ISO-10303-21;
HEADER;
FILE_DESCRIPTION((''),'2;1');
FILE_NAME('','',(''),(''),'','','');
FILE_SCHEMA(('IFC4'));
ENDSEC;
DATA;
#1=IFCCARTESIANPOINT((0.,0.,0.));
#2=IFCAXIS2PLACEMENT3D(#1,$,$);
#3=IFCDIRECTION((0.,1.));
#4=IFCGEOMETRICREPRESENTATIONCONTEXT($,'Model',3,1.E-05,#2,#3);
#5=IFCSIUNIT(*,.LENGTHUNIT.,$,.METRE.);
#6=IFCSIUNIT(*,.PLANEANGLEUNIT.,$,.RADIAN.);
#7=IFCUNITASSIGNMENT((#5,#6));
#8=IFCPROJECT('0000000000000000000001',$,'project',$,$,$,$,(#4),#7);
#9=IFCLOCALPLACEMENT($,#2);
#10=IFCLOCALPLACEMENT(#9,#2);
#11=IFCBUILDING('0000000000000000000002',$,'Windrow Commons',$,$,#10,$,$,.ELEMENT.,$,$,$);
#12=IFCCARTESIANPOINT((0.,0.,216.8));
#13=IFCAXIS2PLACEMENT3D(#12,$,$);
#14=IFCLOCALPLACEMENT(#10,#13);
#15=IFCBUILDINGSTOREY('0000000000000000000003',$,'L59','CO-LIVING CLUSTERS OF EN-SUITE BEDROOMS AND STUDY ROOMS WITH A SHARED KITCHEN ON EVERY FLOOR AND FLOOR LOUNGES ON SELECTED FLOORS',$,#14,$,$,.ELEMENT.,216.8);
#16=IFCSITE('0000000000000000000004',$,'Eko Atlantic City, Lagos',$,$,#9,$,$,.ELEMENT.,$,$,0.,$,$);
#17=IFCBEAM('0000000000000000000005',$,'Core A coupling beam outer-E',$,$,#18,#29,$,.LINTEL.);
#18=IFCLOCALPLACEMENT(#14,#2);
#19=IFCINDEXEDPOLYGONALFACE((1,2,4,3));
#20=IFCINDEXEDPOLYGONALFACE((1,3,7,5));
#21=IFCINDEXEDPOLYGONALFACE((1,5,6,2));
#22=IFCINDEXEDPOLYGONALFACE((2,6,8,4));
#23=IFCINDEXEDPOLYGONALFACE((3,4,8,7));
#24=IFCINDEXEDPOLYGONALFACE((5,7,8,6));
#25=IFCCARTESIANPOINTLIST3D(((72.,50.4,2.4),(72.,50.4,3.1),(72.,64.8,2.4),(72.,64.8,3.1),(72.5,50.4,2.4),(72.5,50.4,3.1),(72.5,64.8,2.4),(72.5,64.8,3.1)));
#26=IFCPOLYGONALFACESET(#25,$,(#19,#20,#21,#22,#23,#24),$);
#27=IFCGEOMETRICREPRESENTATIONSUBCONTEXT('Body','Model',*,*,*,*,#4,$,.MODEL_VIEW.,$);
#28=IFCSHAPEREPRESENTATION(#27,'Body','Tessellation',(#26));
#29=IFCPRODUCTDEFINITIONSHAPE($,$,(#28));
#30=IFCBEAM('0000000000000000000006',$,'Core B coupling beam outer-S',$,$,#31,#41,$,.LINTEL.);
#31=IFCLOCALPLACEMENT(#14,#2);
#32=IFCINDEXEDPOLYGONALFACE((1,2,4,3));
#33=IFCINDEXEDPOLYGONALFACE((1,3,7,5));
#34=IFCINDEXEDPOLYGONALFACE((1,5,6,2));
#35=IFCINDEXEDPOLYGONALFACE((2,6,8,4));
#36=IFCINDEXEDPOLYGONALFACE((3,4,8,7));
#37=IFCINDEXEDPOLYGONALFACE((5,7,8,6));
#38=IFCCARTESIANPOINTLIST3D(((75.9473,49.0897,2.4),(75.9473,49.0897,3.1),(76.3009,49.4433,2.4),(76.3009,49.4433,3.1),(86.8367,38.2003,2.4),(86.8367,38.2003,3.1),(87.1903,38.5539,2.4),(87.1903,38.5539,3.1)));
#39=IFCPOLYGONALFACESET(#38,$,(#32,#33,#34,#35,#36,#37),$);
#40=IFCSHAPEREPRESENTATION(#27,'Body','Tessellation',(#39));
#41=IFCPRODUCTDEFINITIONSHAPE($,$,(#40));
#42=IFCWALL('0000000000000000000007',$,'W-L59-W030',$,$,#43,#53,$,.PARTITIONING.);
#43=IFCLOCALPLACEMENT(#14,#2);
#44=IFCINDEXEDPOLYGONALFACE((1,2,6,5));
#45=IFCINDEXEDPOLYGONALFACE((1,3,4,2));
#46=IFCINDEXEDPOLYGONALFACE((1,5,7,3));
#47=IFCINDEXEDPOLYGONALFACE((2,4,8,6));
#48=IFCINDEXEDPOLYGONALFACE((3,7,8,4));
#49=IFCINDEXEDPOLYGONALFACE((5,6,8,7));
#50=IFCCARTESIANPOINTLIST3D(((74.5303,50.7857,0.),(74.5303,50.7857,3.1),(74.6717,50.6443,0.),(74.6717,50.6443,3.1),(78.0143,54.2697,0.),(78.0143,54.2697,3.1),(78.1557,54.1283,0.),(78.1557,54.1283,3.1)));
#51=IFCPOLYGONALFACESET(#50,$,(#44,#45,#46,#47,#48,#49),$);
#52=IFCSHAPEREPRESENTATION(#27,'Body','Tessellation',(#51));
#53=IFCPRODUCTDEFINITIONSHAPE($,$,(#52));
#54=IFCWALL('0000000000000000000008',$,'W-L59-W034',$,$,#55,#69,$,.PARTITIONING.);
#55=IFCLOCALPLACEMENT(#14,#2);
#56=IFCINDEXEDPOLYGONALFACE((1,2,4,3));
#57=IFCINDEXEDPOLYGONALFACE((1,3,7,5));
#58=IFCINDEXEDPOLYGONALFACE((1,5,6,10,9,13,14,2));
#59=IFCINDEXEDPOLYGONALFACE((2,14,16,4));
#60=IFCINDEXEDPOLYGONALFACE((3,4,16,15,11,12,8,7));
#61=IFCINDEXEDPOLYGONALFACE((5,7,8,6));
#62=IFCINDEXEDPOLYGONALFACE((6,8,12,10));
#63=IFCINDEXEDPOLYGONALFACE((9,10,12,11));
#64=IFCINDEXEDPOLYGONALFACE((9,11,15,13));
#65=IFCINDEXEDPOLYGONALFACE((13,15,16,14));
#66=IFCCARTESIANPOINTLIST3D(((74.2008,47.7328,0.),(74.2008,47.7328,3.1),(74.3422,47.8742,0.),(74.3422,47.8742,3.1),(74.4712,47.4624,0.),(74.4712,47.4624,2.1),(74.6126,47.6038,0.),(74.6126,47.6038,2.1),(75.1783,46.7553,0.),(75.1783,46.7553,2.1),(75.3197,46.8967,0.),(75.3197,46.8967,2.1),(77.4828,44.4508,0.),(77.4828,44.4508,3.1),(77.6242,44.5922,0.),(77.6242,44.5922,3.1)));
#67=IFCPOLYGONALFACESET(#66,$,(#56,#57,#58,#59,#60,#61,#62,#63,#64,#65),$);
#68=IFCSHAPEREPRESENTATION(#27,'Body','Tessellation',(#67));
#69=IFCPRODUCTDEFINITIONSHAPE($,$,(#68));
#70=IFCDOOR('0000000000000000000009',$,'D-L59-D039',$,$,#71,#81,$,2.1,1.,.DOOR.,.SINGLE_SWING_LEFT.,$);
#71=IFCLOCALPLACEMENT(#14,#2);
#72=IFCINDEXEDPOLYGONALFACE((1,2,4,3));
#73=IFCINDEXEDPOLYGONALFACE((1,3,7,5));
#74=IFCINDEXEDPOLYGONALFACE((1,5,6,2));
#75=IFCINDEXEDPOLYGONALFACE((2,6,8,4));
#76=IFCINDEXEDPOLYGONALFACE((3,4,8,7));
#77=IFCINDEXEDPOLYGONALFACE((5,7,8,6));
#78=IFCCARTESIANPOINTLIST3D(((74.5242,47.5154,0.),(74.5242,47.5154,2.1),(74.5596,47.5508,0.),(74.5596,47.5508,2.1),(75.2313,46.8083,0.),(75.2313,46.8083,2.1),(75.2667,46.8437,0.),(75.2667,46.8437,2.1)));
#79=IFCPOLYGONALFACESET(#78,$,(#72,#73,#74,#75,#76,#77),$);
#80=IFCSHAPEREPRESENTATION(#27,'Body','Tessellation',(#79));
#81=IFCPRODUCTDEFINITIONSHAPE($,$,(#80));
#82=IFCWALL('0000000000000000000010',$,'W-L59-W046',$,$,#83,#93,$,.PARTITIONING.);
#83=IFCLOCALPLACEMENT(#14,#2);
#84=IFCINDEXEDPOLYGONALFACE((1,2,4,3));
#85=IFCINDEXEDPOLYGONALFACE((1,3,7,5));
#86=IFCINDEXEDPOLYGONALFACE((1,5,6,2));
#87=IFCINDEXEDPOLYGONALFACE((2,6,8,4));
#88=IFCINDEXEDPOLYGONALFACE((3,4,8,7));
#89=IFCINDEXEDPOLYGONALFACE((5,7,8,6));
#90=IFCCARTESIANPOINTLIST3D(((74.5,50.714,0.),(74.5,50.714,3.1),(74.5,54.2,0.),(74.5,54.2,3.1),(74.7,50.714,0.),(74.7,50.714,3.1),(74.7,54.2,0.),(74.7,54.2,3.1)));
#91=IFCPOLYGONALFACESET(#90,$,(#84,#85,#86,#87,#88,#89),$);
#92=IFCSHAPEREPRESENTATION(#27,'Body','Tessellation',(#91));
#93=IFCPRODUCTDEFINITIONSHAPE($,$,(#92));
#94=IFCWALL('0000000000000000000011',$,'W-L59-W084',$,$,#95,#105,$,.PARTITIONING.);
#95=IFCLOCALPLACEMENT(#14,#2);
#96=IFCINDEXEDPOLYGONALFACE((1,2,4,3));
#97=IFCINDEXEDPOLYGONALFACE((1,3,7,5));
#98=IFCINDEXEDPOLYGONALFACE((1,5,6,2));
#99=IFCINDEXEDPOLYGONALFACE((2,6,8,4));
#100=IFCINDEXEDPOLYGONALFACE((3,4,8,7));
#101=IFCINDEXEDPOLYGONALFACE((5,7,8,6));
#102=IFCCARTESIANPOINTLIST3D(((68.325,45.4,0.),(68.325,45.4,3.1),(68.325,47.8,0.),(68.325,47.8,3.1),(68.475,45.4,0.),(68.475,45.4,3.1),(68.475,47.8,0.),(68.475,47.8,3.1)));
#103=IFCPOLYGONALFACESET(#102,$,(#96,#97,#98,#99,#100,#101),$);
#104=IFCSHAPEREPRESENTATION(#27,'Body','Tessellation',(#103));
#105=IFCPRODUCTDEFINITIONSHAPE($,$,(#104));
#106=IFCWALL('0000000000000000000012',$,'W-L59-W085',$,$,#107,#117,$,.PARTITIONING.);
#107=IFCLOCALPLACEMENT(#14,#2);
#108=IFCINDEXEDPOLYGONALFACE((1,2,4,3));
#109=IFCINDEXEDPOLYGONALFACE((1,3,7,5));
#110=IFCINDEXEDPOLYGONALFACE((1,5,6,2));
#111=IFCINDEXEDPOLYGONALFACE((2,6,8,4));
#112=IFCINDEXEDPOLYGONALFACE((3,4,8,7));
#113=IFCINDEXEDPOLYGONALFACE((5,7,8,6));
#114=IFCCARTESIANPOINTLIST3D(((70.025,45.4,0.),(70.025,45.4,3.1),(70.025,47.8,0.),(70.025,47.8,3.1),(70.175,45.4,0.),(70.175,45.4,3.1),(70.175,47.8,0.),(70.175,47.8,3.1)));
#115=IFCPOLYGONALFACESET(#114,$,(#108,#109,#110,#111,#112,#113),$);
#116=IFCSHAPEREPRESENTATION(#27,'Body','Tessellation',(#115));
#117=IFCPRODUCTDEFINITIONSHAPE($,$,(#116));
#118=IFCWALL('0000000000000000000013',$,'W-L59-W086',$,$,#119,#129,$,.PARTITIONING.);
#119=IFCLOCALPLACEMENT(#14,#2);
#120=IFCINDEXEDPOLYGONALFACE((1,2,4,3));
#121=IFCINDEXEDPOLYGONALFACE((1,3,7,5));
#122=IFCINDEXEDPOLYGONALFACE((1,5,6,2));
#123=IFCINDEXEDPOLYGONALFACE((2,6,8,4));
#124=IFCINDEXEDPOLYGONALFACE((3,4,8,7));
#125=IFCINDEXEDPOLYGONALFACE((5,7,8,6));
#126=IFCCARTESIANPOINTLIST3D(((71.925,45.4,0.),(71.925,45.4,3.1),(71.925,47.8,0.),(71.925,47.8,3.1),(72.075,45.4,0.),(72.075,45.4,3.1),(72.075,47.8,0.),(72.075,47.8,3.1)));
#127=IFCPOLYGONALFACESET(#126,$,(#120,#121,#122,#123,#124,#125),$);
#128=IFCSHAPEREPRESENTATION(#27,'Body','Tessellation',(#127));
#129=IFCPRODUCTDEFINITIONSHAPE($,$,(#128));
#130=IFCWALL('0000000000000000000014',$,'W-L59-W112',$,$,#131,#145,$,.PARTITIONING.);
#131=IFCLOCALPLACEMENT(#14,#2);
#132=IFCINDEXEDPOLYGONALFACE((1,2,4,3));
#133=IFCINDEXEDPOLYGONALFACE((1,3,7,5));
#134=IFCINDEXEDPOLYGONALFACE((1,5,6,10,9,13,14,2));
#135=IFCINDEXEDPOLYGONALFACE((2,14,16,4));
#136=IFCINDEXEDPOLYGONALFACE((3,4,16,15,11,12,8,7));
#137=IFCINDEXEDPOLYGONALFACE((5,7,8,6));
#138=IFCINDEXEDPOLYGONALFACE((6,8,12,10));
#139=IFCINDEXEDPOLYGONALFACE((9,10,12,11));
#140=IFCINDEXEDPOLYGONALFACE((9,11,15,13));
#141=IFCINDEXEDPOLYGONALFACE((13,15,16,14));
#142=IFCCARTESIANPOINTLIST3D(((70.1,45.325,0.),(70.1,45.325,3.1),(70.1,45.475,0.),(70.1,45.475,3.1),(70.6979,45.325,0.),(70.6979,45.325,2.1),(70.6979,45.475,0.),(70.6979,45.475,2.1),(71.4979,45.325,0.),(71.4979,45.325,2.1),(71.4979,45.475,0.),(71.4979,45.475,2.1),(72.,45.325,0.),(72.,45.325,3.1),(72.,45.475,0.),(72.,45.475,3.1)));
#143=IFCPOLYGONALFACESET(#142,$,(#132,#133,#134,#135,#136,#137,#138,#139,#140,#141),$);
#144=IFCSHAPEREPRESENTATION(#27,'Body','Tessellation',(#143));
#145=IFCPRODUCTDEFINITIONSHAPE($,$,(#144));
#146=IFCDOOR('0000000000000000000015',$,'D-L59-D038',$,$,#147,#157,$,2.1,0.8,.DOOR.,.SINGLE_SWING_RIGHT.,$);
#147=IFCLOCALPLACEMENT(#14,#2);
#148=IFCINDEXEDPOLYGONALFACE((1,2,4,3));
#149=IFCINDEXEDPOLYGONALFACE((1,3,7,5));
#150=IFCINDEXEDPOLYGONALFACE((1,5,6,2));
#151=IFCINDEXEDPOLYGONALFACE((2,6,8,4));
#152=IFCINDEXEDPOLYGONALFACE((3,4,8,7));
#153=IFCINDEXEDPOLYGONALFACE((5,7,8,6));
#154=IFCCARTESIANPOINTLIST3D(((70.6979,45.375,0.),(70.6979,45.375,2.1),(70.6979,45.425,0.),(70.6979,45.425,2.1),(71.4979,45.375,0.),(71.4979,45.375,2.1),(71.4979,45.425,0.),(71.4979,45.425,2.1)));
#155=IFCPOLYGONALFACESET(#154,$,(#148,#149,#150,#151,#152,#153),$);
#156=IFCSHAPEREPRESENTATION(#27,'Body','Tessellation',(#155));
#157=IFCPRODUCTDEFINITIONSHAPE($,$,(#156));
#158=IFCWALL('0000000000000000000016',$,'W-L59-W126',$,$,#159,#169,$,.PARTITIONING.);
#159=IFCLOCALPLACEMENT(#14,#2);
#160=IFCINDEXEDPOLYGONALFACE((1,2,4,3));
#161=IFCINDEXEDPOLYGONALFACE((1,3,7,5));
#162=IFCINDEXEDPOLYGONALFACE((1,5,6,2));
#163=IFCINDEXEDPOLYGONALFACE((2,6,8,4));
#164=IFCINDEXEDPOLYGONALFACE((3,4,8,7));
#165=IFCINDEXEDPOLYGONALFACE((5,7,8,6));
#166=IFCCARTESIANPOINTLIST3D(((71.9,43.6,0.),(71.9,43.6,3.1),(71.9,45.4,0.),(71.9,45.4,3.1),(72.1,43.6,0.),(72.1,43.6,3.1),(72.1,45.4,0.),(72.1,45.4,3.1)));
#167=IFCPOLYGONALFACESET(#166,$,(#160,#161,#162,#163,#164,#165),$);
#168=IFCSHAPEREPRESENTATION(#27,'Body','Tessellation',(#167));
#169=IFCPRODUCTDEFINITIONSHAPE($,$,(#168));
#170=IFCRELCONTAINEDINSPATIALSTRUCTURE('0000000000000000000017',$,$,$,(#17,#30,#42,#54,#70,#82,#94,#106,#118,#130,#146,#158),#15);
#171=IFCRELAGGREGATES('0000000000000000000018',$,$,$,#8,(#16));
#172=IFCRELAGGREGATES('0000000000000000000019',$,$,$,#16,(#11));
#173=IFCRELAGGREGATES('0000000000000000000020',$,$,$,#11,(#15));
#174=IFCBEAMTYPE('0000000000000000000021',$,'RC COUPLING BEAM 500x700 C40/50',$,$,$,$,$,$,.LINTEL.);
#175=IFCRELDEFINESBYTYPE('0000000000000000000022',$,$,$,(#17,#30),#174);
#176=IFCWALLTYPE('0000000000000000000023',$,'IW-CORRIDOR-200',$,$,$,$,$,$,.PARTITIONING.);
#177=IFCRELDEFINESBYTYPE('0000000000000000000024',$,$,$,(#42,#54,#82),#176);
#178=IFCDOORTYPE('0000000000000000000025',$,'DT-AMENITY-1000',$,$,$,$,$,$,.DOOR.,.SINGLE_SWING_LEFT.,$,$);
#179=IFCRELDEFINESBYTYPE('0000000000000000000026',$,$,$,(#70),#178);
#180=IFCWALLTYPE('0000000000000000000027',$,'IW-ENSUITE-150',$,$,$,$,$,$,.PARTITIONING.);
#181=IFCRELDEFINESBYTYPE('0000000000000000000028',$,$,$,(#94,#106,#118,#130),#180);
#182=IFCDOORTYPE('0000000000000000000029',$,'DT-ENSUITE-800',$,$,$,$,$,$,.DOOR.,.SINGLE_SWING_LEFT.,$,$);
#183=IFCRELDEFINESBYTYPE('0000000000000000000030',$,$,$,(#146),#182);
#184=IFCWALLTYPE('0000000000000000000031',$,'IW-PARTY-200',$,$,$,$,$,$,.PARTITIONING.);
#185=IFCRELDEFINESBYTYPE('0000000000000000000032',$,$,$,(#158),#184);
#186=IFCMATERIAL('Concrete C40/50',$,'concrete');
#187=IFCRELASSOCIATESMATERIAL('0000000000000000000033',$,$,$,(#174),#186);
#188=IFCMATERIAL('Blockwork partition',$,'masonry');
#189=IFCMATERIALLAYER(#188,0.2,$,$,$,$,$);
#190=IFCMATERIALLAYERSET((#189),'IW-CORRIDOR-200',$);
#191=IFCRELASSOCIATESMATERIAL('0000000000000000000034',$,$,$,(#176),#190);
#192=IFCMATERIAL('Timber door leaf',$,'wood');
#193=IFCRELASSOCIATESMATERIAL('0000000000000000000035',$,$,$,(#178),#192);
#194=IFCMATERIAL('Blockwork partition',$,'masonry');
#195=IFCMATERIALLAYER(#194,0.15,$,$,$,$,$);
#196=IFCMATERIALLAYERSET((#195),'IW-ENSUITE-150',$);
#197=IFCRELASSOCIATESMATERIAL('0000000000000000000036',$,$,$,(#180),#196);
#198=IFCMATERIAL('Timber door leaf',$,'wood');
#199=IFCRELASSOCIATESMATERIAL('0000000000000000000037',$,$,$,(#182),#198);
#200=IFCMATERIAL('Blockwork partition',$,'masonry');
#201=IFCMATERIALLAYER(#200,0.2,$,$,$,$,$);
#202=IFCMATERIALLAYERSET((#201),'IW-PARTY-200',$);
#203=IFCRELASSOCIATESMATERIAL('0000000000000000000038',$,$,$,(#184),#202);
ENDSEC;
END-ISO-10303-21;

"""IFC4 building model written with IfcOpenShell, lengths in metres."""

from ifc_helpers import new_model, si_unit, direction, frame, frame_2d, origin, origin_2d, place, context, subcontext, project, spatial, rectangle, extrude, material, layer, layer_set, material_profile, profile_set, type_object, element, fill, save


model = new_model("IFC4")

# Units and contexts
model_context = context("Model", 3, precision=1e-05, world=origin(), true_north=direction((0.0, 1.0)))
body_context = subcontext(model_context, "Body", "Model", "MODEL_VIEW")
ifc_project = project(units=[si_unit("LENGTHUNIT", "METRE"), si_unit("PLANEANGLEUNIT", "RADIAN")], contexts=[model_context])

# Site, building, storey
site_placement = place(None, origin())
site = spatial("IfcSite", under=ifc_project, at=site_placement, Name="Eko Atlantic City, Lagos", CompositionType="ELEMENT", RefElevation=0.0)
building_placement = place(site_placement, origin())
building = spatial("IfcBuilding", under=site, at=building_placement, Name="Windrow Commons", CompositionType="ELEMENT")
storey_placement = place(building_placement, frame((0.0, 0.0, 216.8)))
storey = spatial("IfcBuildingStorey", under=building, at=storey_placement, Name="L59", Description="CO-LIVING CLUSTERS OF EN-SUITE BEDROOMS AND STUDY ROOMS WITH A SHARED KITCHEN ON EVERY FLOOR AND FLOOR LOUNGES ON SELECTED FLOORS", CompositionType="ELEMENT", Elevation=216.8)

# Beams
ifc_material_1 = material(Name="Concrete C40/50", Category="concrete")
ifc_material_profile = material_profile(ifc_material_1, rectangle(XDim=0.5, YDim=0.7, at=origin_2d()))
ifc_profile_set = profile_set([ifc_material_profile], Name="Concrete C40/50")
beam_type = type_object("IfcBeamType", Name="RC COUPLING BEAM 500x700 C40/50", PredefinedType="LINTEL", material=ifc_profile_set)
beam_1_placement = place(storey_placement, frame((72.25, 50.4, 2.75), z_axis=(0.0, 1.0, 0.0), x_axis=(-1.0, 0.0, 0.0)))
element("IfcBeam", 1, at=beam_1_placement, inside=storey, type_object=beam_type, Name="Core A coupling beam outer-E", PredefinedType="LINTEL", context=body_context, shape_type="SweptSolid", body=[
    extrude(rectangle(XDim=0.5, YDim=0.7, at=origin_2d()), origin(), (0.0, 0.0, 1.0), 14.4),
])
beam_2_placement = place(storey_placement, frame((76.1241, 49.2665, 2.75), z_axis=(0.707107, -0.707107, 0.0), x_axis=(0.707107, 0.707107, 0.0)))
element("IfcBeam", 2, at=beam_2_placement, inside=storey, type_object=beam_type, Name="Core B coupling beam outer-S", PredefinedType="LINTEL", context=body_context, shape_type="SweptSolid", body=[
    extrude(rectangle(XDim=0.5, YDim=0.7, at=origin_2d()), origin(), (0.0, 0.0, 1.0), 15.3999),
])

# Wall
ifc_material_2 = material(Name="Blockwork partition", Category="masonry")
ifc_layer_1 = layer(ifc_material_2, 0.2)
ifc_layer_set_1 = layer_set([ifc_layer_1], Name="IW-CORRIDOR-200")
wall_type_1 = type_object("IfcWallType", Name="IW-CORRIDOR-200", PredefinedType="PARTITIONING", material=ifc_layer_set_1)
wall_1_placement = place(storey_placement, frame((74.601, 50.715, 0.0), z_axis=(0.0, 0.0, 1.0), x_axis=(0.707107, 0.707107, 0.0)))
element("IfcWall", 3, at=wall_1_placement, inside=storey, type_object=wall_type_1, Name="W-L59-W030", PredefinedType="PARTITIONING", context=body_context, shape_type="SweptSolid", body=[
    extrude(rectangle(XDim=4.9271, YDim=0.2, at=frame_2d((2.4636, 0.0))), origin(), (0.0, 0.0, 1.0), 3.1),
])

# Wall, opening, door
wall_2_placement = place(storey_placement, frame((74.2715, 47.8035, 0.0), z_axis=(0.0, 0.0, 1.0), x_axis=(0.707107, -0.707107, 0.0)))
wall_2 = element("IfcWall", 4, at=wall_2_placement, inside=storey, type_object=wall_type_1, Name="W-L59-W034", PredefinedType="PARTITIONING", context=body_context, shape_type="SweptSolid", body=[
    extrude(rectangle(XDim=4.6414, YDim=0.2, at=frame_2d((2.3207, 0.0))), origin(), (0.0, 0.0, 1.0), 3.1),
])
opening_1_placement = place(wall_2_placement, frame((0.3824, 0.0, 0.0)))
opening_1 = element("IfcOpeningElement", 5, at=opening_1_placement, cuts=wall_2, PredefinedType="OPENING", context=body_context, shape_type="SweptSolid", body=[
    extrude(rectangle(XDim=1.0, YDim=2.1, at=frame_2d((0.5, 1.05))), frame((0.0, 0.11, 0.0), z_axis=(0.0, -1.0, 0.0), x_axis=(1.0, 0.0, 0.0)), (0.0, 0.0, 1.0), 0.22),
])
ifc_material_3 = material(Name="Timber door leaf", Category="wood")
door_type_1 = type_object("IfcDoorType", Name="DT-AMENITY-1000", OperationType="SINGLE_SWING_LEFT", PredefinedType="DOOR", material=ifc_material_3)
door_1_placement = place(opening_1_placement, origin())
door_1 = element("IfcDoor", 6, at=door_1_placement, inside=storey, type_object=door_type_1, Name="D-L59-D039", OperationType="SINGLE_SWING_LEFT", OverallHeight=2.1, OverallWidth=1.0, PredefinedType="DOOR", context=body_context, shape_type="SweptSolid", body=[
    extrude(rectangle(XDim=1.0, YDim=2.1, at=frame_2d((0.5, 1.05))), frame((0.0, 0.025, 0.0), z_axis=(0.0, -1.0, 0.0), x_axis=(1.0, 0.0, 0.0)), (0.0, 0.0, 1.0), 0.05),
])
fill(opening_1, door_1)

# Walls
wall_3_placement = place(storey_placement, frame((74.6, 50.714, 0.0), z_axis=(0.0, 0.0, 1.0), x_axis=(0.0, 1.0, 0.0)))
element("IfcWall", 7, at=wall_3_placement, inside=storey, type_object=wall_type_1, Name="W-L59-W046", PredefinedType="PARTITIONING", context=body_context, shape_type="SweptSolid", body=[
    extrude(rectangle(XDim=3.486, YDim=0.2, at=frame_2d((1.743, 0.0))), origin(), (0.0, 0.0, 1.0), 3.1),
])
ifc_material_4 = material(Name="Blockwork partition", Category="masonry")
ifc_layer_2 = layer(ifc_material_4, 0.15)
ifc_layer_set_2 = layer_set([ifc_layer_2], Name="IW-ENSUITE-150")
wall_type_2 = type_object("IfcWallType", Name="IW-ENSUITE-150", PredefinedType="PARTITIONING", material=ifc_layer_set_2)
for number, where, z_axis, x_axis, name in (
    (8, (68.4, 45.4, 0.0), (0.0, 0.0, 1.0), (0.0, 1.0, 0.0), "W-L59-W084"),
    (9, (70.1, 45.4, 0.0), (0.0, 0.0, 1.0), (0.0, 1.0, 0.0), "W-L59-W085"),
    (10, (72.0, 45.4, 0.0), (0.0, 0.0, 1.0), (0.0, 1.0, 0.0), "W-L59-W086"),
):
    element("IfcWall", number, at=place(storey_placement, frame(where, z_axis=z_axis, x_axis=x_axis)), inside=storey, type_object=wall_type_2, Name=name, PredefinedType="PARTITIONING", context=body_context, shape_type="SweptSolid", body=[
        extrude(rectangle(XDim=2.4, YDim=0.15, at=frame_2d((1.2, 0.0))), origin(), (0.0, 0.0, 1.0), 3.1),
    ])

# Wall, opening, door
wall_4_placement = place(storey_placement, frame((70.1, 45.4, 0.0), z_axis=(0.0, 0.0, 1.0), x_axis=(1.0, 0.0, 0.0)))
wall_4 = element("IfcWall", 11, at=wall_4_placement, inside=storey, type_object=wall_type_2, Name="W-L59-W112", PredefinedType="PARTITIONING", context=body_context, shape_type="SweptSolid", body=[
    extrude(rectangle(XDim=1.9, YDim=0.15, at=frame_2d((0.95, 0.0))), origin(), (0.0, 0.0, 1.0), 3.1),
])
opening_2_placement = place(wall_4_placement, frame((0.5979, 0.0, 0.0)))
opening_2 = element("IfcOpeningElement", 12, at=opening_2_placement, cuts=wall_4, PredefinedType="OPENING", context=body_context, shape_type="SweptSolid", body=[
    extrude(rectangle(XDim=0.8, YDim=2.1, at=frame_2d((0.4, 1.05))), frame((0.0, 0.085, 0.0), z_axis=(0.0, -1.0, 0.0), x_axis=(1.0, 0.0, 0.0)), (0.0, 0.0, 1.0), 0.17),
])
ifc_material_5 = material(Name="Timber door leaf", Category="wood")
door_type_2 = type_object("IfcDoorType", Name="DT-ENSUITE-800", OperationType="SINGLE_SWING_LEFT", PredefinedType="DOOR", material=ifc_material_5)
door_2_placement = place(opening_2_placement, origin())
door_2 = element("IfcDoor", 13, at=door_2_placement, inside=storey, type_object=door_type_2, Name="D-L59-D038", OperationType="SINGLE_SWING_RIGHT", OverallHeight=2.1, OverallWidth=0.8, PredefinedType="DOOR", context=body_context, shape_type="SweptSolid", body=[
    extrude(rectangle(XDim=0.8, YDim=2.1, at=frame_2d((0.4, 1.05))), frame((0.0, 0.025, 0.0), z_axis=(0.0, -1.0, 0.0), x_axis=(1.0, 0.0, 0.0)), (0.0, 0.0, 1.0), 0.05),
])
fill(opening_2, door_2)

# Wall
ifc_material_6 = material(Name="Blockwork partition", Category="masonry")
ifc_layer_3 = layer(ifc_material_6, 0.2)
ifc_layer_set_3 = layer_set([ifc_layer_3], Name="IW-PARTY-200")
wall_type_3 = type_object("IfcWallType", Name="IW-PARTY-200", PredefinedType="PARTITIONING", material=ifc_layer_set_3)
wall_5_placement = place(storey_placement, frame((72.0, 43.6, 0.0), z_axis=(0.0, 0.0, 1.0), x_axis=(0.0, 1.0, 0.0)))
element("IfcWall", 14, at=wall_5_placement, inside=storey, type_object=wall_type_3, Name="W-L59-W126", PredefinedType="PARTITIONING", context=body_context, shape_type="SweptSolid", body=[
    extrude(rectangle(XDim=1.8, YDim=0.2, at=frame_2d((0.9, 0.0))), origin(), (0.0, 0.0, 1.0), 3.1),
])

save(model, "model.ifc")
